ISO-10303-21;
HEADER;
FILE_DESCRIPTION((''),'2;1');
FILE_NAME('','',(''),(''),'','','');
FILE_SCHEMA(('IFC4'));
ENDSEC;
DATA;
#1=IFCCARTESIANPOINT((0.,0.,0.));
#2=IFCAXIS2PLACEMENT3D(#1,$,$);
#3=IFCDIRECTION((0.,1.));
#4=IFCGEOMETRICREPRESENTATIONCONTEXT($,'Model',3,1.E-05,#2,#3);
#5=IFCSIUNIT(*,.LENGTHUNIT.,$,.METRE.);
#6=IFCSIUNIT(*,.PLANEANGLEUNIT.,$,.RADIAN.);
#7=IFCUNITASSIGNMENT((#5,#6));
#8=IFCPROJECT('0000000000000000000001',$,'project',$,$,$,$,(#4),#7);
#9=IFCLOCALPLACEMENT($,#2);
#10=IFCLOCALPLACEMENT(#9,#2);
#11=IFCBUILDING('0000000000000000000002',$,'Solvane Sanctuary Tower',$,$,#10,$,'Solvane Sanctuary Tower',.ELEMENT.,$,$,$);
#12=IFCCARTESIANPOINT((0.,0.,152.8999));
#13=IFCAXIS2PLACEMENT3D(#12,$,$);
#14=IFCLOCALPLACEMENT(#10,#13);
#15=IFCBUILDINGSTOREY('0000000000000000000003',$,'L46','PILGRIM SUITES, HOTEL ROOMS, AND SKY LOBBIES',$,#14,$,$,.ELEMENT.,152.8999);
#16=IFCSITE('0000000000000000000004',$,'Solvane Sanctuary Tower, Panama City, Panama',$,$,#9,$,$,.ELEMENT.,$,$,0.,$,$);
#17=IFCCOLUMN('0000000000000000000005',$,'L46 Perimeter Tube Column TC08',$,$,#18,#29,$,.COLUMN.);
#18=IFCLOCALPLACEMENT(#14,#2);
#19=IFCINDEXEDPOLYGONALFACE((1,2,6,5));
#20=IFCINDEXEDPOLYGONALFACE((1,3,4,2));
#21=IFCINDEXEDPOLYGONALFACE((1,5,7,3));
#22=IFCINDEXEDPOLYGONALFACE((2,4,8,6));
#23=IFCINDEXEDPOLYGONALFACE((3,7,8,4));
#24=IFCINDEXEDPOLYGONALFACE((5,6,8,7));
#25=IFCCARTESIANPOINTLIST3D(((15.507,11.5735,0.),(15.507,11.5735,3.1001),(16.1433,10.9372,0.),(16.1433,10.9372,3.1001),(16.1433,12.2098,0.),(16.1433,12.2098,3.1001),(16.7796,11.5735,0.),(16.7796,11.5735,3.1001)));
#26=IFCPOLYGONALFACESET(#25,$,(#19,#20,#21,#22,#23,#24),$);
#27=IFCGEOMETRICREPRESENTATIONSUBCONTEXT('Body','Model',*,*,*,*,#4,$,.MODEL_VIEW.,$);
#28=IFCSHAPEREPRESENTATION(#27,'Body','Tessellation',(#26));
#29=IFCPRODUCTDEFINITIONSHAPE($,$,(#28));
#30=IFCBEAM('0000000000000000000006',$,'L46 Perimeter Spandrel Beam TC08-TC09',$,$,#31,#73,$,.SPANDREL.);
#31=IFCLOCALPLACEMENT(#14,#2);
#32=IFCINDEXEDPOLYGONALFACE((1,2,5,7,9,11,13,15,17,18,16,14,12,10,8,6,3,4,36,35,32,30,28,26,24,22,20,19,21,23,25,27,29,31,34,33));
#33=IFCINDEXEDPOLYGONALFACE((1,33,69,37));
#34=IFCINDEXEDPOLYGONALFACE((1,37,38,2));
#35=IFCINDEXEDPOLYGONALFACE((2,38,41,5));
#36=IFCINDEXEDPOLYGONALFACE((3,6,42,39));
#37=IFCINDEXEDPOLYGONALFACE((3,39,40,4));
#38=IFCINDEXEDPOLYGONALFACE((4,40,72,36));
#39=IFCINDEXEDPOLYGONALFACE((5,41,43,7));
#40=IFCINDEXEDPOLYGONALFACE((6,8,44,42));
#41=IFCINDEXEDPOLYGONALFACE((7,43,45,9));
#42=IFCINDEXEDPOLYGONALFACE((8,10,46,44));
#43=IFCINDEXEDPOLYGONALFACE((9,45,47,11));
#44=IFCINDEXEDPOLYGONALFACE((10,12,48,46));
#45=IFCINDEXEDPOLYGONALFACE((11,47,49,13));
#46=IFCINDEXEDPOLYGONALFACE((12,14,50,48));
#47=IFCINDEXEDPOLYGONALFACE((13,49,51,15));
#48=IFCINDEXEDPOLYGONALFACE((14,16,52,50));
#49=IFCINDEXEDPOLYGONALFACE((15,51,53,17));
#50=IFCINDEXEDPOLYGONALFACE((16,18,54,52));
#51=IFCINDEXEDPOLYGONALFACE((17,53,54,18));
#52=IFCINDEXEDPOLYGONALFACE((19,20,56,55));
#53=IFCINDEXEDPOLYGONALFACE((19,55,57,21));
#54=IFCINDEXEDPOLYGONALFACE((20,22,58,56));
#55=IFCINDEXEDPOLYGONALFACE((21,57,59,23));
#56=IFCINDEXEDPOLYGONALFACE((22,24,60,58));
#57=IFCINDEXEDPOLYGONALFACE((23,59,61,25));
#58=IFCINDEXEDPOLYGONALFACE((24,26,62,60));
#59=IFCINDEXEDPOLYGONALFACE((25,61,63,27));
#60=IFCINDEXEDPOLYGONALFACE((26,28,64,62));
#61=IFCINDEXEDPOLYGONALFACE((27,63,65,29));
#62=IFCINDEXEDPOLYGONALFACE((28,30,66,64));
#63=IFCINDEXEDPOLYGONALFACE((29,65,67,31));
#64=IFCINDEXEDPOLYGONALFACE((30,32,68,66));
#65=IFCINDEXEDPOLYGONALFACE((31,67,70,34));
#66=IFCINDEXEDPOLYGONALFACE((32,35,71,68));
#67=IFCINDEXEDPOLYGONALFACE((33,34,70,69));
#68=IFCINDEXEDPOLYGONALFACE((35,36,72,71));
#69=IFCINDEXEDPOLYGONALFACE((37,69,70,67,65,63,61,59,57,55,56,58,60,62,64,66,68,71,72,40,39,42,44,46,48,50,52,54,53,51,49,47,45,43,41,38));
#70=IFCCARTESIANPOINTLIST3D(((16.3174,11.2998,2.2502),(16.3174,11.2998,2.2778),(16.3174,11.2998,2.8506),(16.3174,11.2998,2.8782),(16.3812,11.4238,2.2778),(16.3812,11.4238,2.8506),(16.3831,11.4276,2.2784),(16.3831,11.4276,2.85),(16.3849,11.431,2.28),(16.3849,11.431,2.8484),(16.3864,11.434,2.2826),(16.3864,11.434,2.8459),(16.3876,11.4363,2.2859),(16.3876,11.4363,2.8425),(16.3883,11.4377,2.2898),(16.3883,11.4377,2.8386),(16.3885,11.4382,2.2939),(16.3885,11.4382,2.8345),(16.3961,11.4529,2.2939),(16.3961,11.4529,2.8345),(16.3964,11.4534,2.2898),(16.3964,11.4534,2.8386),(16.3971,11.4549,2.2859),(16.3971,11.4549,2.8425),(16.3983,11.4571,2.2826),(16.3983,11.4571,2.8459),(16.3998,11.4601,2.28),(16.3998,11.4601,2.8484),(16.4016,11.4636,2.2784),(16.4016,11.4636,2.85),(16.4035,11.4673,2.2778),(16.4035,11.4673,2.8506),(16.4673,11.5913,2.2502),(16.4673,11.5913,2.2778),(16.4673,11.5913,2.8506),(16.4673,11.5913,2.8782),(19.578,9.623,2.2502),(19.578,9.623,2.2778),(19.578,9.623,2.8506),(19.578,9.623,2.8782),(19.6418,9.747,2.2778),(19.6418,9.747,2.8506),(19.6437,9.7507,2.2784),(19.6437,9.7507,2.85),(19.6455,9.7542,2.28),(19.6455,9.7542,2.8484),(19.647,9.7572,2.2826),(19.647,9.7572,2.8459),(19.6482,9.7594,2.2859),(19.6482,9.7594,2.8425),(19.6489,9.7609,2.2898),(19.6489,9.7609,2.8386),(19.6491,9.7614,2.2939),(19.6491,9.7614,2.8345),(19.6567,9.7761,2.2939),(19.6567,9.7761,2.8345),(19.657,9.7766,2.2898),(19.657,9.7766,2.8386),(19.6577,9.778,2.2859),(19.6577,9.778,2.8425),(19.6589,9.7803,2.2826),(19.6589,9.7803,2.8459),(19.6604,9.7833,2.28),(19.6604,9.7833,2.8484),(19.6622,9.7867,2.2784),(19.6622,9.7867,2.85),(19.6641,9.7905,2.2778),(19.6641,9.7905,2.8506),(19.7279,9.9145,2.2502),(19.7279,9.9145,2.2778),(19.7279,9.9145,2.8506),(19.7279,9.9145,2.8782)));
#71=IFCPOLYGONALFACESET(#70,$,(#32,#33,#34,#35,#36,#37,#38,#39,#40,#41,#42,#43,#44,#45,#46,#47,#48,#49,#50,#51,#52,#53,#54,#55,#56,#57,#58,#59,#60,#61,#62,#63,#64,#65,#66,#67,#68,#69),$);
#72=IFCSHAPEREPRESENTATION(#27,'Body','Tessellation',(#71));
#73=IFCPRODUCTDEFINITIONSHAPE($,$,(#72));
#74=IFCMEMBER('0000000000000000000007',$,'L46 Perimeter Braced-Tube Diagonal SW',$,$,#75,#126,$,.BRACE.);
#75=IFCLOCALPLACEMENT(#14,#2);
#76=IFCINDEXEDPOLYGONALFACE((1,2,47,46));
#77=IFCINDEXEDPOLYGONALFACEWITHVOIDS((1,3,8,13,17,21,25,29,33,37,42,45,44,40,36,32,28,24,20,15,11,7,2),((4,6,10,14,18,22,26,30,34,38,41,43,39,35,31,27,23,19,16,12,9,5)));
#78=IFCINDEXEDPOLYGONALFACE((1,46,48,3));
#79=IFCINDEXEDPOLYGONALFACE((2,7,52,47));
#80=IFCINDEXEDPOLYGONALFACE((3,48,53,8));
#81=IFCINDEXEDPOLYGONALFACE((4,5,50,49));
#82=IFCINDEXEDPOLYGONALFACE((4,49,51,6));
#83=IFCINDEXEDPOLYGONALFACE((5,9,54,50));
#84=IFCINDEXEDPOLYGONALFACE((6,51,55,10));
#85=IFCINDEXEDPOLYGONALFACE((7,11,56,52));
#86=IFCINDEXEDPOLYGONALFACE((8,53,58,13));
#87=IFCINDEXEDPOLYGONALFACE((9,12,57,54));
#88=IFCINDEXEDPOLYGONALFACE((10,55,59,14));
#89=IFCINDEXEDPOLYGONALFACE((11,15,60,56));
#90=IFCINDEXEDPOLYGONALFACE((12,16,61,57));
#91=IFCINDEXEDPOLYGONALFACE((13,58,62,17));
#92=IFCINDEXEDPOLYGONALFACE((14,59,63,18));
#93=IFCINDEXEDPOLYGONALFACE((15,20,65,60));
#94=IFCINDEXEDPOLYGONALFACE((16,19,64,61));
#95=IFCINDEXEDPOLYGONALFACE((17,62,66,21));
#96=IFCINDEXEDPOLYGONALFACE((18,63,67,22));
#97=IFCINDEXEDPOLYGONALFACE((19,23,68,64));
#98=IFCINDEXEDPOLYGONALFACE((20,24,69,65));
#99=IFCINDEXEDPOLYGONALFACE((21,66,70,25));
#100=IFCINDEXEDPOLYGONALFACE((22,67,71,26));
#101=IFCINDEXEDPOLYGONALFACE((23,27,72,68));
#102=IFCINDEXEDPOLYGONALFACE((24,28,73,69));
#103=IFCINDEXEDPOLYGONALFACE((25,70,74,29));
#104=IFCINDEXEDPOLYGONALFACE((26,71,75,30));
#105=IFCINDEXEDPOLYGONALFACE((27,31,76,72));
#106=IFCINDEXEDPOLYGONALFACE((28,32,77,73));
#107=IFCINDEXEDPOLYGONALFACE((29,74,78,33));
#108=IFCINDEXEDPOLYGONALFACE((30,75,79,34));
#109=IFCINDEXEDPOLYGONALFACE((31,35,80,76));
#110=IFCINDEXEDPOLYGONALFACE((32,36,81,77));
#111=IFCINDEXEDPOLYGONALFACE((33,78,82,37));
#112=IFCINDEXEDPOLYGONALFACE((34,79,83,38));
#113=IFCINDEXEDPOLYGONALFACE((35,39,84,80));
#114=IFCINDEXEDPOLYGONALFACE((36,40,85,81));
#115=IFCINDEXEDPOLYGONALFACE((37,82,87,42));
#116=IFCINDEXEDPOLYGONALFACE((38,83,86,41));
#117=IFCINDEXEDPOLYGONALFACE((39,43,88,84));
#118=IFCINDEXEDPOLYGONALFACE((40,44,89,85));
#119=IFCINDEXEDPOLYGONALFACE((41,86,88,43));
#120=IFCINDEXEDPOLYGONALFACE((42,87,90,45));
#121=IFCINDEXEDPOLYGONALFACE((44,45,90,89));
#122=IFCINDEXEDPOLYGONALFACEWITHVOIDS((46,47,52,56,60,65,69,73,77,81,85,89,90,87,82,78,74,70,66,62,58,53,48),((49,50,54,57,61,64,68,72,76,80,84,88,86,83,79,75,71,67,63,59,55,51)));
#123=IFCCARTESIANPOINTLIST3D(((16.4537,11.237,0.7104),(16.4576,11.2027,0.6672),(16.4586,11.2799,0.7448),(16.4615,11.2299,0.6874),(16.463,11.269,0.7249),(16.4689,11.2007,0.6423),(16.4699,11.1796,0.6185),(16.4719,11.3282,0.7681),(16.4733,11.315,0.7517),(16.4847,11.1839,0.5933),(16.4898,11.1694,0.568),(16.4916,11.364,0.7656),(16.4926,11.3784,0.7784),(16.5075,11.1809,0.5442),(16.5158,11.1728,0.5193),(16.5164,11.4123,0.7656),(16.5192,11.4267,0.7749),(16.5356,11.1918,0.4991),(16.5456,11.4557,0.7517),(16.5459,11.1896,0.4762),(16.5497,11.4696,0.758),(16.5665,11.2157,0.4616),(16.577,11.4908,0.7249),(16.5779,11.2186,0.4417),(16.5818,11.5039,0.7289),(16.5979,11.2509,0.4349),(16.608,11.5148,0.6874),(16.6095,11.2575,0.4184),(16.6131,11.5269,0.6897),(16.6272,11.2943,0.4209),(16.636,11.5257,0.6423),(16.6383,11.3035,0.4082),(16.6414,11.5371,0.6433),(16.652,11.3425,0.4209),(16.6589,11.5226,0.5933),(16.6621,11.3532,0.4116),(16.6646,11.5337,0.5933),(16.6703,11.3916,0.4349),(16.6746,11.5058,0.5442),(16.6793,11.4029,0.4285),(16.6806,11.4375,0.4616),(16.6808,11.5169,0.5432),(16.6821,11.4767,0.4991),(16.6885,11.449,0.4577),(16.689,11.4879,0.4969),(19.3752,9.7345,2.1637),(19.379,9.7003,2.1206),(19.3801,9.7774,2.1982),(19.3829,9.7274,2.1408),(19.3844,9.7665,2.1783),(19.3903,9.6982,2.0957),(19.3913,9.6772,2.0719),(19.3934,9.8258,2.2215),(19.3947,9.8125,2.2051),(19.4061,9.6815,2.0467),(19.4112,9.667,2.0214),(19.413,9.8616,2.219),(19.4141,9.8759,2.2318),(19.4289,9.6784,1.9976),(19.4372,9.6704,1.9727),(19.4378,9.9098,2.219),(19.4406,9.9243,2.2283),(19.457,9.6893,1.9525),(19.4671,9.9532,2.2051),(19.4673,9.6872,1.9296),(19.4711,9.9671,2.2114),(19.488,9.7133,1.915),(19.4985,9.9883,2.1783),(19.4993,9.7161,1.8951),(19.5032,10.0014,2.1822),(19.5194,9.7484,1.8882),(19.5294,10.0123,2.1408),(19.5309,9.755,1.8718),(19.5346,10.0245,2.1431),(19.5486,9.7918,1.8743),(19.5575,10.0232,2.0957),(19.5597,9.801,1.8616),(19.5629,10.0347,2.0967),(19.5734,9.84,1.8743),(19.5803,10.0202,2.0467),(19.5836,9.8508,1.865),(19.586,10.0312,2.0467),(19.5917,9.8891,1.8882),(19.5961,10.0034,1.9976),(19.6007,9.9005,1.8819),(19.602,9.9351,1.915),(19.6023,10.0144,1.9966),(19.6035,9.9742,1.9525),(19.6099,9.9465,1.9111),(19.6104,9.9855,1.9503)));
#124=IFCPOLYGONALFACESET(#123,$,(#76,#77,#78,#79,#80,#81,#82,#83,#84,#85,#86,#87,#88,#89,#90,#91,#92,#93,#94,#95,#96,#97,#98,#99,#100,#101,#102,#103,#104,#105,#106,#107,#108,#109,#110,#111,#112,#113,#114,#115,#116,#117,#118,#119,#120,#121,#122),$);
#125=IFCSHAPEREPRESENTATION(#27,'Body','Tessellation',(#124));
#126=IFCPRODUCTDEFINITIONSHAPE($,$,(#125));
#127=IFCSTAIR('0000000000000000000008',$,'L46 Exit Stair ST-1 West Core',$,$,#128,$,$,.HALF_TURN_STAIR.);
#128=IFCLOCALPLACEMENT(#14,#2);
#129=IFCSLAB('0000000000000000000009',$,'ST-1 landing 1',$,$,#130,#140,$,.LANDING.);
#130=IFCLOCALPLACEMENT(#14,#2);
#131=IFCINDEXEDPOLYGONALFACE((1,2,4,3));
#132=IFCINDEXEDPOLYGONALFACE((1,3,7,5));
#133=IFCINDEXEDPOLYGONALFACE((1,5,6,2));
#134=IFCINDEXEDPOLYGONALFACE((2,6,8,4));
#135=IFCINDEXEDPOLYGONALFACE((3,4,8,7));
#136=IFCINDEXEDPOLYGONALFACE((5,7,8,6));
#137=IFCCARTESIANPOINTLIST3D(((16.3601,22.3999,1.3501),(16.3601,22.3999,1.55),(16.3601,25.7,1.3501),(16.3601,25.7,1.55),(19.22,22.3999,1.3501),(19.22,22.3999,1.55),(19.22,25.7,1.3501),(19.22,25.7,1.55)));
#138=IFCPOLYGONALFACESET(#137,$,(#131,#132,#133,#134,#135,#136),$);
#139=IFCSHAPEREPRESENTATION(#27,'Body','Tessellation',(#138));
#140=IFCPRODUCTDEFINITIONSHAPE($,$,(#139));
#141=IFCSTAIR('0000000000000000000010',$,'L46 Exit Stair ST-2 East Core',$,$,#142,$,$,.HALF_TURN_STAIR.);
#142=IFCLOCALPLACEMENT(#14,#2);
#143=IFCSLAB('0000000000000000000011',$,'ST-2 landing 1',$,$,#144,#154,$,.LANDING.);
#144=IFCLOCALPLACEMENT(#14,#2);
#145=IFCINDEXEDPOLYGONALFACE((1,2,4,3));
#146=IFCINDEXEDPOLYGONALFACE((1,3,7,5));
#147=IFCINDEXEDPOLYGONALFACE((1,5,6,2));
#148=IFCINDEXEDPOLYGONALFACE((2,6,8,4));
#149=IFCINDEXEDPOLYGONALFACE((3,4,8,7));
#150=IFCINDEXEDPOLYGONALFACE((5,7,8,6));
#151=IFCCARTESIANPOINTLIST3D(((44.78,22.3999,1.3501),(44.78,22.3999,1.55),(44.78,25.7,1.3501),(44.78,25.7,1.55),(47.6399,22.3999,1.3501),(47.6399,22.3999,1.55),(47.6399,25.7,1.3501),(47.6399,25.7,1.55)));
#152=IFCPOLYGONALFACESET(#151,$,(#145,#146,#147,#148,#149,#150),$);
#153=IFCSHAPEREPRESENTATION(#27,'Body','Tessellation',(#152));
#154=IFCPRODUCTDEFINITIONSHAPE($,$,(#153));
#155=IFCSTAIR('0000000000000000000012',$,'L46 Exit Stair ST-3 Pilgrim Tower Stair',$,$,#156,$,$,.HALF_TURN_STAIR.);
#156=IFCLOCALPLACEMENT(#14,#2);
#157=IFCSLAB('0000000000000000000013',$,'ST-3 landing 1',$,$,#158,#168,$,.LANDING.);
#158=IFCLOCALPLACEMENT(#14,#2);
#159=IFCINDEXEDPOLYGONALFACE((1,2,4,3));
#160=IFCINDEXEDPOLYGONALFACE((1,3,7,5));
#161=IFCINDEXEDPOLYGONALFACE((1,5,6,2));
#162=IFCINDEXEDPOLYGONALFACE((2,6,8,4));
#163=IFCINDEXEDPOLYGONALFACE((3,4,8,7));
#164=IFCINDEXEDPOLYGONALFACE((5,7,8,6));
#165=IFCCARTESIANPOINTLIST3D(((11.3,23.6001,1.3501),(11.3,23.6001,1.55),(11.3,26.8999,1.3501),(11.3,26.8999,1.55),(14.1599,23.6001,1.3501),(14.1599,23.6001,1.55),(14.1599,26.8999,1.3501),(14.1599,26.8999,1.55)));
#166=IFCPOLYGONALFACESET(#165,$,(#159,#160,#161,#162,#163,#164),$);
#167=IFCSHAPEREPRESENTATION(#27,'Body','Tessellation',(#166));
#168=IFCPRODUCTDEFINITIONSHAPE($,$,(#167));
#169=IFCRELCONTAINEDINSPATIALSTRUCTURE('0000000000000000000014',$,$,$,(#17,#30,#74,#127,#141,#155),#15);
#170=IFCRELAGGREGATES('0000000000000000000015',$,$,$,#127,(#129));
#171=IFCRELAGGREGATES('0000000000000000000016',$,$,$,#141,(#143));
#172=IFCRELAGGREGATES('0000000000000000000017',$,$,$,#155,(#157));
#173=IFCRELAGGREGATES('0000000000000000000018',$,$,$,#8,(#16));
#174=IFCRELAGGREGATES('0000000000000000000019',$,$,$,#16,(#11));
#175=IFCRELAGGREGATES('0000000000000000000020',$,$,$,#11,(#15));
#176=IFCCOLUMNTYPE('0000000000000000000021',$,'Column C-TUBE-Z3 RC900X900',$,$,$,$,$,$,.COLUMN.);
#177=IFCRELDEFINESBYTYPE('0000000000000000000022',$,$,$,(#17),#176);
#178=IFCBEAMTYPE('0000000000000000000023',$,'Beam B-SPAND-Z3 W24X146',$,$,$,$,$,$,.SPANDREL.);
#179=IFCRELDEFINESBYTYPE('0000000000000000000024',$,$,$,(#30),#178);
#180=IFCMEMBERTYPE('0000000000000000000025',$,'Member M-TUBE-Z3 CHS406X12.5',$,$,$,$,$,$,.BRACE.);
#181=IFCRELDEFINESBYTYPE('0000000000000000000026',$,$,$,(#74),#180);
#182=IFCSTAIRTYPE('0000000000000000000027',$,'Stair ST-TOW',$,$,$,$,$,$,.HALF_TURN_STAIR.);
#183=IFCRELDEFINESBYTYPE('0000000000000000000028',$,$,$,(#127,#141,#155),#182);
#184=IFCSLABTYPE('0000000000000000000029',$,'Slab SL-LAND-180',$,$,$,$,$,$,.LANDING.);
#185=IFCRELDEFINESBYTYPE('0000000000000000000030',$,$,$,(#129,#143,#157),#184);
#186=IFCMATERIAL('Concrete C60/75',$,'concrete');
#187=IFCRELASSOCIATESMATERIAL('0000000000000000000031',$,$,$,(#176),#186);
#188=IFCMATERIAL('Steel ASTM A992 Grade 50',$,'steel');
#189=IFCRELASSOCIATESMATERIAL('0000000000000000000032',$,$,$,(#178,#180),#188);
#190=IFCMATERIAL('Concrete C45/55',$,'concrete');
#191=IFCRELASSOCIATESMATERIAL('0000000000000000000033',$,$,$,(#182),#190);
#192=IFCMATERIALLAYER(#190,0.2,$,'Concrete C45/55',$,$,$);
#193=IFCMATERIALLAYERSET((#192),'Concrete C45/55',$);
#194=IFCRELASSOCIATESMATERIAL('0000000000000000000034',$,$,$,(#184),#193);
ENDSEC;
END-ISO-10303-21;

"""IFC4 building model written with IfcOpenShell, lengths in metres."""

from ifc_helpers import new_model, si_unit, direction, frame, origin, origin_2d, place, context, subcontext, project, spatial, polyline, rectangle, hollow_circle, i_section, outline, extrude, material, layer, layer_set, material_profile, profile_set, type_object, element, aggregate, save


model = new_model("IFC4")

# Units and contexts
model_context = context("Model", 3, precision=1e-05, world=origin(), true_north=direction((0.0, 1.0)))
body_context = subcontext(model_context, "Body", "Model", "MODEL_VIEW")
ifc_project = project(units=[si_unit("LENGTHUNIT", "METRE"), si_unit("PLANEANGLEUNIT", "RADIAN")], contexts=[model_context])

# Site, building, storey
site_placement = place(None, origin())
site = spatial("IfcSite", under=ifc_project, at=site_placement, Name="Solvane Sanctuary Tower, Panama City, Panama", CompositionType="ELEMENT", RefElevation=0.0)
building_placement = place(site_placement, origin())
building = spatial("IfcBuilding", under=site, at=building_placement, Name="Solvane Sanctuary Tower", LongName="Solvane Sanctuary Tower", CompositionType="ELEMENT")
storey_placement = place(building_placement, frame((0.0, 0.0, 152.8999)))
storey = spatial("IfcBuildingStorey", under=building, at=storey_placement, Name="L46", Description="PILGRIM SUITES, HOTEL ROOMS, AND SKY LOBBIES", CompositionType="ELEMENT", Elevation=152.8999)

# Column
ifc_material_1 = material(Name="Concrete C60/75", Category="concrete")
ifc_material_profile_1 = material_profile(ifc_material_1, rectangle(XDim=0.8999, YDim=0.8999, at=origin_2d()), Name="RC900X900")
ifc_profile_set_1 = profile_set([ifc_material_profile_1], Name="Concrete C60/75")
column_type = type_object("IfcColumnType", Name="Column C-TUBE-Z3 RC900X900", PredefinedType="COLUMN", material=ifc_profile_set_1)
column_placement = place(storey_placement, frame((16.1433, 11.5735, 0.0), z_axis=(0.0, 0.0, 1.0), x_axis=(-0.707107, -0.707107, 0.0)))
element("IfcColumn", 1, at=column_placement, inside=storey, type_object=column_type, Name="L46 Perimeter Tube Column TC08", PredefinedType="COLUMN", context=body_context, shape_type="SweptSolid", body=[
    extrude(rectangle(XDim=0.8999, YDim=0.8999, at=origin_2d()), origin(), (0.0, 0.0, 1.0), 3.1001),
])

# Beam
ifc_material_2 = material(Name="Steel ASTM A992 Grade 50", Category="steel")
ifc_material_profile_2 = material_profile(ifc_material_2, i_section(OverallWidth=0.3279, OverallDepth=0.6279, WebThickness=0.0166, FlangeThickness=0.0276, FilletRadius=0.0161, at=origin_2d()), Name="W24X146")
ifc_profile_set_2 = profile_set([ifc_material_profile_2], Name="Steel ASTM A992 Grade 50")
beam_type = type_object("IfcBeamType", Name="Beam B-SPAND-Z3 W24X146", PredefinedType="SPANDREL", material=ifc_profile_set_2)
beam_placement = place(storey_placement, frame((16.3923, 11.4456, 2.5642), z_axis=(0.889296, -0.457333, 0.0), x_axis=(0.457333, 0.889296, 0.0)))
element("IfcBeam", 2, at=beam_placement, inside=storey, type_object=beam_type, Name="L46 Perimeter Spandrel Beam TC08-TC09", PredefinedType="SPANDREL", context=body_context, shape_type="SweptSolid", body=[
    extrude(i_section(OverallWidth=0.3279, OverallDepth=0.6279, WebThickness=0.0166, FlangeThickness=0.0276, FilletRadius=0.0161, at=origin_2d()), origin(), (0.0, 0.0, 1.0), 3.6665),
])

# Member
ifc_material_profile_3 = material_profile(ifc_material_2, hollow_circle(Radius=0.2029, WallThickness=0.0125, at=origin_2d()), Name="CHS406X12.5")
ifc_profile_set_3 = profile_set([ifc_material_profile_3], Name="Steel ASTM A992 Grade 50")
member_type = type_object("IfcMemberType", Name="Member M-TUBE-Z3 CHS406X12.5", PredefinedType="BRACE", material=ifc_profile_set_3)
member_placement = place(storey_placement, frame((16.5718, 11.3533, 0.5933), z_axis=(0.813252, -0.418248, 0.404587), x_axis=(0.457351, 0.889286, 0.0)))
element("IfcMember", 3, at=member_placement, inside=storey, type_object=member_type, Name="L46 Perimeter Braced-Tube Diagonal SW", PredefinedType="BRACE", context=body_context, shape_type="SweptSolid", body=[
    extrude(hollow_circle(Radius=0.2029, WallThickness=0.0125, at=origin_2d()), origin(), (0.0, 0.0, 1.0), 3.5923),
])

# Stairs, slabs
ifc_material_3 = material(Name="Concrete C45/55", Category="concrete")
stair_type = type_object("IfcStairType", Name="Stair ST-TOW", PredefinedType="HALF_TURN_STAIR", material=ifc_material_3)
stair_1_placement = place(storey_placement, origin())
stair_1 = element("IfcStair", 4, at=stair_1_placement, inside=storey, type_object=stair_type, Name="L46 Exit Stair ST-1 West Core", PredefinedType="HALF_TURN_STAIR")
ifc_layer_1 = layer(ifc_material_3, 0.2, Name="Concrete C45/55")
ifc_layer_set_1 = layer_set([ifc_layer_1], Name="Concrete C45/55")
slab_type_1 = type_object("IfcSlabType", Name="Slab SL-LAND-180", PredefinedType="LANDING", material=ifc_layer_set_1)
slab_1_placement = place(storey_placement, frame((0.0, 0.0, 1.3501)))
slab_1 = element("IfcSlab", 5, at=slab_1_placement, type_object=slab_type_1, Name="ST-1 landing 1", PredefinedType="LANDING", context=body_context, shape_type="SweptSolid", body=[
    extrude(outline(polyline([(19.22, 22.3999), (19.22, 25.7), (16.3601, 25.7), (16.3601, 22.3999), (19.22, 22.3999)])), origin(), (0.0, 0.0, 1.0), 0.2),
])
aggregate(stair_1, [slab_1])
stair_2_placement = place(storey_placement, origin())
stair_2 = element("IfcStair", 6, at=stair_2_placement, inside=storey, type_object=stair_type, Name="L46 Exit Stair ST-2 East Core", PredefinedType="HALF_TURN_STAIR")
slab_2_placement = place(storey_placement, frame((0.0, 0.0, 1.3501)))
slab_2 = element("IfcSlab", 7, at=slab_2_placement, type_object=slab_type_1, Name="ST-2 landing 1", PredefinedType="LANDING", context=body_context, shape_type="SweptSolid", body=[
    extrude(outline(polyline([(47.6399, 22.3999), (47.6399, 25.7), (44.78, 25.7), (44.78, 22.3999), (47.6399, 22.3999)])), origin(), (0.0, 0.0, 1.0), 0.2),
])
aggregate(stair_2, [slab_2])
stair_3_placement = place(storey_placement, origin())
stair_3 = element("IfcStair", 8, at=stair_3_placement, inside=storey, type_object=stair_type, Name="L46 Exit Stair ST-3 Pilgrim Tower Stair", PredefinedType="HALF_TURN_STAIR")
slab_3_placement = place(storey_placement, frame((0.0, 0.0, 1.3501)))
slab_3 = element("IfcSlab", 9, at=slab_3_placement, type_object=slab_type_1, Name="ST-3 landing 1", PredefinedType="LANDING", context=body_context, shape_type="SweptSolid", body=[
    extrude(outline(polyline([(14.1599, 23.6001), (14.1599, 26.8999), (11.3, 26.8999), (11.3, 23.6001), (14.1599, 23.6001)])), origin(), (0.0, 0.0, 1.0), 0.2),
])
aggregate(stair_3, [slab_3])

save(model, "model.ifc")
